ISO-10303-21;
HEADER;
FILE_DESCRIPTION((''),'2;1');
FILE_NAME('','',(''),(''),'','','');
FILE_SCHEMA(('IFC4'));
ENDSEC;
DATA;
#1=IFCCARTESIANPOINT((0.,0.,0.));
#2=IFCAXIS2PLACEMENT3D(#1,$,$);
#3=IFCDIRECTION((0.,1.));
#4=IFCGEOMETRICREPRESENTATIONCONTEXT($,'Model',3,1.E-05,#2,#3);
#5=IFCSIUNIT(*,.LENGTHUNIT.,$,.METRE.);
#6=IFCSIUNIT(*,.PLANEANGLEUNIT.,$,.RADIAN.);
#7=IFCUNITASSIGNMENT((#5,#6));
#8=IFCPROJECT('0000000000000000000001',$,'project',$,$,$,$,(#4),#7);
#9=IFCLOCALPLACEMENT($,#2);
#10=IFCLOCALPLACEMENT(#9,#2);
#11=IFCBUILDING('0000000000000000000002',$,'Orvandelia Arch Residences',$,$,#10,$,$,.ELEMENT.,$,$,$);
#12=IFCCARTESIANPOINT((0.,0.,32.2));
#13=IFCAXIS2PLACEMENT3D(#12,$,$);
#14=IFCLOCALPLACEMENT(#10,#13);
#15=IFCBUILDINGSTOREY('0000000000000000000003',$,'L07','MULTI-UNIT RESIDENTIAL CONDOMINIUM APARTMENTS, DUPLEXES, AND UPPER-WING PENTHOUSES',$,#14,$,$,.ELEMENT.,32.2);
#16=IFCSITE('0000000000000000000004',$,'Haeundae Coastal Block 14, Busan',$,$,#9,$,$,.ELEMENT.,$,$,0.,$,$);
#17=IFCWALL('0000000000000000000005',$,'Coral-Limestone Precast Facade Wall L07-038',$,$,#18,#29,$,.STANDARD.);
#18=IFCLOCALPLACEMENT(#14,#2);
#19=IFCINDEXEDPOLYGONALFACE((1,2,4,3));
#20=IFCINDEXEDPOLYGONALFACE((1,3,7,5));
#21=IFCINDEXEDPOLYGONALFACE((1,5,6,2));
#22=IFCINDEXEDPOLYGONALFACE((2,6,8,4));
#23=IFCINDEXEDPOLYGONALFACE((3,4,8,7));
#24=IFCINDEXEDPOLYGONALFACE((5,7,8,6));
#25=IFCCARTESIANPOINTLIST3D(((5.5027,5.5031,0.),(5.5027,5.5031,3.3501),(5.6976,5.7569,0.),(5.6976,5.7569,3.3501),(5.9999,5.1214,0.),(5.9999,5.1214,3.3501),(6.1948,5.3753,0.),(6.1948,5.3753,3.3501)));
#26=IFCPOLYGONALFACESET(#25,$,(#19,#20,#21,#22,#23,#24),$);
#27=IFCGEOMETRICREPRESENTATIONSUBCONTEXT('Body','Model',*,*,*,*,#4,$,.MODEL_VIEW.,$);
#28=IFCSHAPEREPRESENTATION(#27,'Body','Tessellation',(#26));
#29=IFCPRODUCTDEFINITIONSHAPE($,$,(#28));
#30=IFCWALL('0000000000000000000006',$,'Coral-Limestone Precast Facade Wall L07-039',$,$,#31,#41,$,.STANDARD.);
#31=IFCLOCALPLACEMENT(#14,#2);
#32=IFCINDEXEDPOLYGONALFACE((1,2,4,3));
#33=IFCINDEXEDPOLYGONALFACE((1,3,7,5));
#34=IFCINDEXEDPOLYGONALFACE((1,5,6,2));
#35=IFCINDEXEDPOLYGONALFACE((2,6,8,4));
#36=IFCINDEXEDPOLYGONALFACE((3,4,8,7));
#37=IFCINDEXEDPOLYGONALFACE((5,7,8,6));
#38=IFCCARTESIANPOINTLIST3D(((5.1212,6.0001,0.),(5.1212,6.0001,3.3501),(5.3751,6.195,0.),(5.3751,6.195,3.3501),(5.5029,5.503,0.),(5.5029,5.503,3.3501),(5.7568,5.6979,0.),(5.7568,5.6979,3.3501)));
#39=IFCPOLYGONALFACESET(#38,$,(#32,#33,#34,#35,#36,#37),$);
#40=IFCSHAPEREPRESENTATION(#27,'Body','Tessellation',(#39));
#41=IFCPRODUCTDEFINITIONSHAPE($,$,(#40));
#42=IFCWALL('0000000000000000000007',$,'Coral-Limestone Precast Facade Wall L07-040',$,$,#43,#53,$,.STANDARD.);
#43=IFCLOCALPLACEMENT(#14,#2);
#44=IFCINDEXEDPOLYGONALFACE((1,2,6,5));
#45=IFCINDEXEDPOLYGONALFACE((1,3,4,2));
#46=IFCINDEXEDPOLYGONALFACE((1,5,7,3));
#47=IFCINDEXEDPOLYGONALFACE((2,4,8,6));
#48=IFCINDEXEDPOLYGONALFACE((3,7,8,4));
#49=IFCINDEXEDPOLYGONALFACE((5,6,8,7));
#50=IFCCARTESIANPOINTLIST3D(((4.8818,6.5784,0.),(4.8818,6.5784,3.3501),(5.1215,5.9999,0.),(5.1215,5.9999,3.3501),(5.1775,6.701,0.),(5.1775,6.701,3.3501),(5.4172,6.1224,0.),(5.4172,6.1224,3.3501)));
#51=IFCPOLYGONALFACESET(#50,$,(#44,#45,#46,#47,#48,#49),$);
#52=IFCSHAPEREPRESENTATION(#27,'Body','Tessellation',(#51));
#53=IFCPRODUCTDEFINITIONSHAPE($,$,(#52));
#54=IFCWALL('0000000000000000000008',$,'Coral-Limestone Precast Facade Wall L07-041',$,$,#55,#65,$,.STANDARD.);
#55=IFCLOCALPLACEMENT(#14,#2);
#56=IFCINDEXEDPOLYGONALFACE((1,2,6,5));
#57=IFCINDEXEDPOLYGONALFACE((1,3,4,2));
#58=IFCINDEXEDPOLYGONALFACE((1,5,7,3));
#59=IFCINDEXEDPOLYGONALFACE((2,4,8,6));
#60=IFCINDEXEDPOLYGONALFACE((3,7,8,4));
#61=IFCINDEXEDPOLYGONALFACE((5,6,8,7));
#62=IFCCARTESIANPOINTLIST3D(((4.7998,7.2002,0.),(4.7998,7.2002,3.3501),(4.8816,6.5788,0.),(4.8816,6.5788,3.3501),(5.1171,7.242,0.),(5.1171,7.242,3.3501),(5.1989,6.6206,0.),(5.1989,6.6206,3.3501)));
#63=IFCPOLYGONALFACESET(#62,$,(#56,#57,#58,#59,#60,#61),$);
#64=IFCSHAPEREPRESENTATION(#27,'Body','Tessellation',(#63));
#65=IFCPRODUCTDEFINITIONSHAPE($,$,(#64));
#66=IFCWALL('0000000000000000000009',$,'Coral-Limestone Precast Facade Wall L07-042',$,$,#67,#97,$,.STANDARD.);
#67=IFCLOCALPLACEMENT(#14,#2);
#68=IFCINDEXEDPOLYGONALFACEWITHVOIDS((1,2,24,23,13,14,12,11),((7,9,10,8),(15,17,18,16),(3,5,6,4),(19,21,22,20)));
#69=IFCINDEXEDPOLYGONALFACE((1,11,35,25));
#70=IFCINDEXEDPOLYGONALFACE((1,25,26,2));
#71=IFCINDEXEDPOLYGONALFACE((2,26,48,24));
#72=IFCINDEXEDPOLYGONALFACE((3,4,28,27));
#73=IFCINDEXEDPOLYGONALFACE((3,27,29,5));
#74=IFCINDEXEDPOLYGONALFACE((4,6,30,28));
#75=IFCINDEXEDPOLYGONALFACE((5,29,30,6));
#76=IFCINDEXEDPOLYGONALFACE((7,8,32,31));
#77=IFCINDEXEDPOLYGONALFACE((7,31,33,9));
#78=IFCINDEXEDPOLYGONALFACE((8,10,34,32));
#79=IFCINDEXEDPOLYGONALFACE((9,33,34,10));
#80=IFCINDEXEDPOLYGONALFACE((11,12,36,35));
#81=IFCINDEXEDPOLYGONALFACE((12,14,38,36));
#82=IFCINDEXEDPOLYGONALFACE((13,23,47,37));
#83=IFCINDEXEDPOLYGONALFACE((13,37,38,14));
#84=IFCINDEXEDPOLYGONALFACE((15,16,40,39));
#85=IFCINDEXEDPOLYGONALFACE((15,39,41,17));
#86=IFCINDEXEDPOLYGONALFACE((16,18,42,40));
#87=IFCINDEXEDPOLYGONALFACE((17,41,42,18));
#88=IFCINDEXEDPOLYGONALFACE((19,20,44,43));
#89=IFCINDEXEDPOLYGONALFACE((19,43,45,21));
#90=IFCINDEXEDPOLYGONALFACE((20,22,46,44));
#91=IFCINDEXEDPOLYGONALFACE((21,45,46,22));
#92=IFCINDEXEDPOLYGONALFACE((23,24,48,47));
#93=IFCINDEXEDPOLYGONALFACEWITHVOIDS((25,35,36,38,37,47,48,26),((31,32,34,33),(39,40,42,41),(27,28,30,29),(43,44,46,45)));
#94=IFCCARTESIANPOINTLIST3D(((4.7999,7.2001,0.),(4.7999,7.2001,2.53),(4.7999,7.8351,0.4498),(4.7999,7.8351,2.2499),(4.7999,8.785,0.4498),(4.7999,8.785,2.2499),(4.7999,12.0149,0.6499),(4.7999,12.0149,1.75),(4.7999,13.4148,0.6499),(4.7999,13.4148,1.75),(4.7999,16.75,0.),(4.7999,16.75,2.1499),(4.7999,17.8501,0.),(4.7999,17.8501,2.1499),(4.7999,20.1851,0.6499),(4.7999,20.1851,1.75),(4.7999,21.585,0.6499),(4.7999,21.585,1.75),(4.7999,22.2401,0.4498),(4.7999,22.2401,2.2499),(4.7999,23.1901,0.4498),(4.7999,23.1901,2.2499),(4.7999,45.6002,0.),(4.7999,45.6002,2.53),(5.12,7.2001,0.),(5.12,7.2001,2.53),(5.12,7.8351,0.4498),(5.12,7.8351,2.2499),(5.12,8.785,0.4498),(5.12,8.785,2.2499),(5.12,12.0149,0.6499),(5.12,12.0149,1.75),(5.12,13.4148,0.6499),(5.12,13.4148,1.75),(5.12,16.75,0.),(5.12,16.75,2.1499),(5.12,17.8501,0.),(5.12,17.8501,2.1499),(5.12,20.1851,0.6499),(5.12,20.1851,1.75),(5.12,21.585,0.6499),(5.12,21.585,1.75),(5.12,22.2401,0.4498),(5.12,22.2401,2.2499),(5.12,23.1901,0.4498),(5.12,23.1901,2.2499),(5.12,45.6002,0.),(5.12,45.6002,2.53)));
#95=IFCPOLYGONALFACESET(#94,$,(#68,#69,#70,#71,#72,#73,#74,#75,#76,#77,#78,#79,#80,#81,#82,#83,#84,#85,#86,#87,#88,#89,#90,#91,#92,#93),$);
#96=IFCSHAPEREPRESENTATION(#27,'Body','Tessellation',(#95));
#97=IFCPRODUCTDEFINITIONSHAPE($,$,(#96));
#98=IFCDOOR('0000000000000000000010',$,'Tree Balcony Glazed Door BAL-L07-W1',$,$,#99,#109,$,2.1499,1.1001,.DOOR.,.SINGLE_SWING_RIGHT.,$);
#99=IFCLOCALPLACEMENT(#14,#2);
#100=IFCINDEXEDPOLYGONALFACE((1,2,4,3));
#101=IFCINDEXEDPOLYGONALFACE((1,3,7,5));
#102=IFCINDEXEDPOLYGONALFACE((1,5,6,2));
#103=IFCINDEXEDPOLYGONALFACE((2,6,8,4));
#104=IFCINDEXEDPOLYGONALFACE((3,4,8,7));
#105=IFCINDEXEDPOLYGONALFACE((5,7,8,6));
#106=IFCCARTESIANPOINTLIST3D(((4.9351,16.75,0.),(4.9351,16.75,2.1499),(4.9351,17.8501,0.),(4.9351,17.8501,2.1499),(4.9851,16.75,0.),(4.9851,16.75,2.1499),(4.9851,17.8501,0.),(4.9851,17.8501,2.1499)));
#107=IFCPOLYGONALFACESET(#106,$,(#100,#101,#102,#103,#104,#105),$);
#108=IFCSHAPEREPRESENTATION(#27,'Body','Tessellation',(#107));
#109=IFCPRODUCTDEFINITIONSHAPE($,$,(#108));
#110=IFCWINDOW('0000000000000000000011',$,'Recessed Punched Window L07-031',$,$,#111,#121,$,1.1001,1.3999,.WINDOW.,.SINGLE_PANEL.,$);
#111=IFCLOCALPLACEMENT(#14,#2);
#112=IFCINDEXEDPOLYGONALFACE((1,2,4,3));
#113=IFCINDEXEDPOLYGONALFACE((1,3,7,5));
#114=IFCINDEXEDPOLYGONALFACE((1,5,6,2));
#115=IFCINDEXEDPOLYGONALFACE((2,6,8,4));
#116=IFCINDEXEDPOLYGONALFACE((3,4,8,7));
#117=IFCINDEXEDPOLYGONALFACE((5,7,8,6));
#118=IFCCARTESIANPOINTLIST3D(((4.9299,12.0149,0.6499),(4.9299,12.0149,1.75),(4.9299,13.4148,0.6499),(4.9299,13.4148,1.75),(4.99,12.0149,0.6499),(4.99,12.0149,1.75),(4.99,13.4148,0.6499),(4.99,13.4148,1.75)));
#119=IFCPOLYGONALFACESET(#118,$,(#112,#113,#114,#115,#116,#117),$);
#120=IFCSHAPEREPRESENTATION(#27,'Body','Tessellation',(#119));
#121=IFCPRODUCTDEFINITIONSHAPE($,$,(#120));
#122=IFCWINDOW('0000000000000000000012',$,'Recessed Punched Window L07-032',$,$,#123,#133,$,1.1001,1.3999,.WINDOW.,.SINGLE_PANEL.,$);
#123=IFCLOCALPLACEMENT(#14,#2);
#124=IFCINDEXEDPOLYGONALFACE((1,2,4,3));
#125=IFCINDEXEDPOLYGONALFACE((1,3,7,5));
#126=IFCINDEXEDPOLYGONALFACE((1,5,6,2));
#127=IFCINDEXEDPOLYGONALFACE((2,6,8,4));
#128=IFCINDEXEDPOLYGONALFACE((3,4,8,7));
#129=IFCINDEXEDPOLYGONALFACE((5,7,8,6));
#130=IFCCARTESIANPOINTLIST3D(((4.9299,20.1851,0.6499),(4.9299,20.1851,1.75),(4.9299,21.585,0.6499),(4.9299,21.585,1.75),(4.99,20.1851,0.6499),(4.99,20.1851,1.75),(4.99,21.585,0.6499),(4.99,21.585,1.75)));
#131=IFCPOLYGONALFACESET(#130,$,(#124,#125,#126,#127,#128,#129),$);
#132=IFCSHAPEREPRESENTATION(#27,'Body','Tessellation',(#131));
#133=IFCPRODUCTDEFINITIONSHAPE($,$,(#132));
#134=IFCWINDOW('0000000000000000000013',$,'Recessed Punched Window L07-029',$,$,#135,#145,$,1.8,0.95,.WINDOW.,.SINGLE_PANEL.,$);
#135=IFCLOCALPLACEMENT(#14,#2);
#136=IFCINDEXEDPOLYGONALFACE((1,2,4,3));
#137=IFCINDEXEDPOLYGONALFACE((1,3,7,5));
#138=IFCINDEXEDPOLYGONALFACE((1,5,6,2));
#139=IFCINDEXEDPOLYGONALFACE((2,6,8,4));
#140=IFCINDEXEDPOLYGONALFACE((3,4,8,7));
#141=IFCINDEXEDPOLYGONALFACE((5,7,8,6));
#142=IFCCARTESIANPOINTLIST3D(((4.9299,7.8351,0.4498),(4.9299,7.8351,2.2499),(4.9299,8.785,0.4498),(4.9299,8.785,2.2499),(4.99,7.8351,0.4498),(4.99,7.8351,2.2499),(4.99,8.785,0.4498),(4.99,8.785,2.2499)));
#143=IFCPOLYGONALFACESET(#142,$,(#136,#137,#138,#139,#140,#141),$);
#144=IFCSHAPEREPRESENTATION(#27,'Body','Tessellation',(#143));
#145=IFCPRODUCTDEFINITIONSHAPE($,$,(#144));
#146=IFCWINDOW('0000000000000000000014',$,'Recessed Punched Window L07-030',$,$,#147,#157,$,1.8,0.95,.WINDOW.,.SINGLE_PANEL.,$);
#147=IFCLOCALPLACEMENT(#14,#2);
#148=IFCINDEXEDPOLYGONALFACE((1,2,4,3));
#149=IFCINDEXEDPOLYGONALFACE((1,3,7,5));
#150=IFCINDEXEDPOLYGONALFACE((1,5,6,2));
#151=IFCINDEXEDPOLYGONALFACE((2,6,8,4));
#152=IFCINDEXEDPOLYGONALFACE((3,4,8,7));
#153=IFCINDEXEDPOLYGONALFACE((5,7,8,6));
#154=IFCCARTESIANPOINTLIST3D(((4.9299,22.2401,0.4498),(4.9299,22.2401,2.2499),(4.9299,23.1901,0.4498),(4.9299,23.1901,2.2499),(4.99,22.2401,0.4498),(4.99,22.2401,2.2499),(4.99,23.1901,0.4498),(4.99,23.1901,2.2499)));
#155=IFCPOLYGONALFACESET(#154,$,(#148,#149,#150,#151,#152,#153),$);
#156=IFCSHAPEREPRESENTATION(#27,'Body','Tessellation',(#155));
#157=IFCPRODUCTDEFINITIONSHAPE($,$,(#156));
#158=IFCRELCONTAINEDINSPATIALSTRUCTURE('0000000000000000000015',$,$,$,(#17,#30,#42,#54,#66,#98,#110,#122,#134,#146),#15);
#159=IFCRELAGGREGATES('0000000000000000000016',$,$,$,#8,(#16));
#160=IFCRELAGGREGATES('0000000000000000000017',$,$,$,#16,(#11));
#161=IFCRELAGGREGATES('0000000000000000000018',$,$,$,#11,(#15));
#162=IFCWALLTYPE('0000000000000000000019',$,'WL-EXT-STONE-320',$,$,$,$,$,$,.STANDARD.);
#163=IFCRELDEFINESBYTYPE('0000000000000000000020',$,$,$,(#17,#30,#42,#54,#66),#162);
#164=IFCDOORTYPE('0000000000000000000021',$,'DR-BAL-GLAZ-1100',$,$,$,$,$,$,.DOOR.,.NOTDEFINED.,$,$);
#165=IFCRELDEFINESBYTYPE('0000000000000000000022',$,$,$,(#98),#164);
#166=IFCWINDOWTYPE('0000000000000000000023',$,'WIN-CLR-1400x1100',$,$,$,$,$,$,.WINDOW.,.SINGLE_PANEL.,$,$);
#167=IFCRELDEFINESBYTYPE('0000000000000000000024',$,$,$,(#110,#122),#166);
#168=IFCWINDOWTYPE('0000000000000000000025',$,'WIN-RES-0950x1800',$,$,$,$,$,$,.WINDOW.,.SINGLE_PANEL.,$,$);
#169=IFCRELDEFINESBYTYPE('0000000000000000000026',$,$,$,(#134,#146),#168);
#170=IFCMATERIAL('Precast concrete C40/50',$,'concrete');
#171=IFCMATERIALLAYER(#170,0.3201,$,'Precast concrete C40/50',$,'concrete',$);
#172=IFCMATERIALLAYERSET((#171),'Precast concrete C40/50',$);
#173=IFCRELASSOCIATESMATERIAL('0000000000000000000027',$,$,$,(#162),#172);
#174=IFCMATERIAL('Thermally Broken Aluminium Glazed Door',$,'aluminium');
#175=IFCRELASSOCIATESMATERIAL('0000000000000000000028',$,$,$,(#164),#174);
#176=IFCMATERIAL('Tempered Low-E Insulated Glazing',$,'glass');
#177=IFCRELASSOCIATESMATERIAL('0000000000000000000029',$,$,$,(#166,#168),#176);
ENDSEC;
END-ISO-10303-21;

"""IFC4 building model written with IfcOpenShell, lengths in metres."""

from ifc_helpers import new_model, si_unit, direction, frame, frame_2d, origin, place, context, subcontext, project, spatial, rectangle, extrude, material, layer, layer_set, type_object, element, fill, save


model = new_model("IFC4")

# Units and contexts
model_context = context("Model", 3, precision=1e-05, world=origin(), true_north=direction((0.0, 1.0)))
body_context = subcontext(model_context, "Body", "Model", "MODEL_VIEW")
ifc_project = project(units=[si_unit("LENGTHUNIT", "METRE"), si_unit("PLANEANGLEUNIT", "RADIAN")], contexts=[model_context])

# Site, building, storey
site_placement = place(None, origin())
site = spatial("IfcSite", under=ifc_project, at=site_placement, Name="Haeundae Coastal Block 14, Busan", CompositionType="ELEMENT", RefElevation=0.0)
building_placement = place(site_placement, origin())
building = spatial("IfcBuilding", under=site, at=building_placement, Name="Orvandelia Arch Residences", CompositionType="ELEMENT")
storey_placement = place(building_placement, frame((0.0, 0.0, 32.2)))
storey = spatial("IfcBuildingStorey", under=building, at=storey_placement, Name="L07", Description="MULTI-UNIT RESIDENTIAL CONDOMINIUM APARTMENTS, DUPLEXES, AND UPPER-WING PENTHOUSES", CompositionType="ELEMENT", Elevation=32.2)

# Shared definitions
ifc_material_1 = material(Name="Precast concrete C40/50", Category="concrete")

# Walls
ifc_layer_1 = layer(ifc_material_1, 0.3201, Name="Precast concrete C40/50", Category="concrete")
ifc_layer_set_1 = layer_set([ifc_layer_1], Name="Precast concrete C40/50")
wall_type_1 = type_object("IfcWallType", Name="WL-EXT-STONE-320", PredefinedType="STANDARD", material=ifc_layer_set_1)
for number, where, z_axis, x_axis, name in (
    (1, (6.0974, 5.2483, 0.0), (0.0, 0.0, 1.0), (-0.793217, 0.608939, 0.0), "Coral-Limestone Precast Facade Wall L07-038"),
    (2, (5.6299, 5.6003, 0.0), (0.0, 0.0, 1.0), (-0.608939, 0.793217, 0.0), "Coral-Limestone Precast Facade Wall L07-039"),
):
    element("IfcWall", number, at=place(storey_placement, frame(where, z_axis=z_axis, x_axis=x_axis)), inside=storey, type_object=wall_type_1, Name=name, PredefinedType="STANDARD", context=body_context, shape_type="SweptSolid", body=[
        extrude(rectangle(XDim=0.6267, YDim=0.3201, at=frame_2d((0.3135, 0.0))), origin(), (0.0, 0.0, 1.0), 3.3501),
    ])
wall_1_placement = place(storey_placement, frame((5.2693, 6.0613, 0.0), z_axis=(0.0, 0.0, 1.0), x_axis=(-0.382788, 0.923836, 0.0)))
element("IfcWall", 3, at=wall_1_placement, inside=storey, type_object=wall_type_1, Name="Coral-Limestone Precast Facade Wall L07-040", PredefinedType="STANDARD", context=body_context, shape_type="SweptSolid", body=[
    extrude(rectangle(XDim=0.6262, YDim=0.3201, at=frame_2d((0.313, 0.0))), origin(), (0.0, 0.0, 1.0), 3.3501),
])
wall_2_placement = place(storey_placement, frame((5.0403, 6.5996, 0.0), z_axis=(0.0, 0.0, 1.0), x_axis=(-0.130505, 0.991448, 0.0)))
element("IfcWall", 4, at=wall_2_placement, inside=storey, type_object=wall_type_1, Name="Coral-Limestone Precast Facade Wall L07-041", PredefinedType="STANDARD", context=body_context, shape_type="SweptSolid", body=[
    extrude(rectangle(XDim=0.6267, YDim=0.3201, at=frame_2d((0.3135, 0.0))), origin(), (0.0, 0.0, 1.0), 3.3501),
])

# Wall, openings, door, windows
wall_3_placement = place(storey_placement, frame((4.96, 7.2, 0.0), z_axis=(0.0, 0.0, 1.0), x_axis=(0.0, 1.0, 0.0)))
wall_3 = element("IfcWall", 5, at=wall_3_placement, inside=storey, type_object=wall_type_1, Name="Coral-Limestone Precast Facade Wall L07-042", PredefinedType="STANDARD", context=body_context, shape_type="SweptSolid", body=[
    extrude(rectangle(XDim=38.4001, YDim=0.3201, at=frame_2d((19.2002, 0.0))), origin(), (0.0, 0.0, 1.0), 2.53),
])
opening_1_placement = place(wall_3_placement, frame((9.55, 0.0, 0.0)))
opening_1 = element("IfcOpeningElement", 6, at=opening_1_placement, cuts=wall_3, PredefinedType="OPENING", context=body_context, shape_type="SweptSolid", body=[
    extrude(rectangle(XDim=1.1001, YDim=2.1499, at=frame_2d((0.55, 1.075))), frame((0.0, 0.1699, 0.0), z_axis=(0.0, -1.0, 0.0), x_axis=(1.0, 0.0, 0.0)), (0.0, 0.0, 1.0), 0.3401),
])
opening_2_placement = place(wall_3_placement, frame((0.635, 0.0, 0.45)))
opening_2 = element("IfcOpeningElement", 7, at=opening_2_placement, cuts=wall_3, PredefinedType="OPENING", context=body_context, shape_type="SweptSolid", body=[
    extrude(rectangle(XDim=0.95, YDim=1.8, at=frame_2d((0.4751, 0.8999))), frame((0.0, 0.1699, 0.0), z_axis=(0.0, -1.0, 0.0), x_axis=(1.0, 0.0, 0.0)), (0.0, 0.0, 1.0), 0.3401),
])
opening_3_placement = place(wall_3_placement, frame((15.04, 0.0, 0.45)))
opening_3 = element("IfcOpeningElement", 8, at=opening_3_placement, cuts=wall_3, PredefinedType="OPENING", context=body_context, shape_type="SweptSolid", body=[
    extrude(rectangle(XDim=0.95, YDim=1.8, at=frame_2d((0.4751, 0.8999))), frame((0.0, 0.1699, 0.0), z_axis=(0.0, -1.0, 0.0), x_axis=(1.0, 0.0, 0.0)), (0.0, 0.0, 1.0), 0.3401),
])
opening_4_placement = place(wall_3_placement, frame((4.8149, 0.0, 0.6499)))
opening_4 = element("IfcOpeningElement", 9, at=opening_4_placement, cuts=wall_3, PredefinedType="OPENING", context=body_context, shape_type="SweptSolid", body=[
    extrude(rectangle(XDim=1.3999, YDim=1.1001, at=frame_2d((0.7, 0.55))), frame((0.0, 0.1699, 0.0), z_axis=(0.0, -1.0, 0.0), x_axis=(1.0, 0.0, 0.0)), (0.0, 0.0, 1.0), 0.3401),
])
opening_5_placement = place(wall_3_placement, frame((12.9851, 0.0, 0.6499)))
opening_5 = element("IfcOpeningElement", 10, at=opening_5_placement, cuts=wall_3, PredefinedType="OPENING", context=body_context, shape_type="SweptSolid", body=[
    extrude(rectangle(XDim=1.3999, YDim=1.1001, at=frame_2d((0.7, 0.55))), frame((0.0, 0.1699, 0.0), z_axis=(0.0, -1.0, 0.0), x_axis=(1.0, 0.0, 0.0)), (0.0, 0.0, 1.0), 0.3401),
])
ifc_material_2 = material(Name="Thermally Broken Aluminium Glazed Door", Category="aluminium")
door_type_1 = type_object("IfcDoorType", Name="DR-BAL-GLAZ-1100", OperationType="NOTDEFINED", PredefinedType="DOOR", material=ifc_material_2)
door_1_placement = place(opening_1_placement, origin())
door_1 = element("IfcDoor", 11, at=door_1_placement, inside=storey, type_object=door_type_1, Name="Tree Balcony Glazed Door BAL-L07-W1", OperationType="SINGLE_SWING_RIGHT", OverallHeight=2.1499, OverallWidth=1.1001, PredefinedType="DOOR", context=body_context, shape_type="SweptSolid", body=[
    extrude(rectangle(XDim=1.1001, YDim=2.1499, at=frame_2d((0.55, 1.075))), frame((0.0, 0.0249, 0.0), z_axis=(0.0, -1.0, 0.0), x_axis=(1.0, 0.0, 0.0)), (0.0, 0.0, 1.0), 0.05),
])
fill(opening_1, door_1)
ifc_material_3 = material(Name="Tempered Low-E Insulated Glazing", Category="glass")
window_type_1 = type_object("IfcWindowType", Name="WIN-CLR-1400x1100", PartitioningType="SINGLE_PANEL", PredefinedType="WINDOW", material=ifc_material_3)
window_1_placement = place(opening_4_placement, origin())
window_1 = element("IfcWindow", 12, at=window_1_placement, inside=storey, type_object=window_type_1, Name="Recessed Punched Window L07-031", OverallHeight=1.1001, OverallWidth=1.3999, PartitioningType="SINGLE_PANEL", PredefinedType="WINDOW", context=body_context, shape_type="SweptSolid", body=[
    extrude(rectangle(XDim=1.3999, YDim=1.1001, at=frame_2d((0.7, 0.55))), frame((0.0, 0.03, 0.0), z_axis=(0.0, -1.0, 0.0), x_axis=(1.0, 0.0, 0.0)), (0.0, 0.0, 1.0), 0.0601),
])
fill(opening_4, window_1)
window_2_placement = place(opening_5_placement, origin())
window_2 = element("IfcWindow", 13, at=window_2_placement, inside=storey, type_object=window_type_1, Name="Recessed Punched Window L07-032", OverallHeight=1.1001, OverallWidth=1.3999, PartitioningType="SINGLE_PANEL", PredefinedType="WINDOW", context=body_context, shape_type="SweptSolid", body=[
    extrude(rectangle(XDim=1.3999, YDim=1.1001, at=frame_2d((0.7, 0.55))), frame((0.0, 0.03, 0.0), z_axis=(0.0, -1.0, 0.0), x_axis=(1.0, 0.0, 0.0)), (0.0, 0.0, 1.0), 0.0601),
])
fill(opening_5, window_2)
window_type_2 = type_object("IfcWindowType", Name="WIN-RES-0950x1800", PartitioningType="SINGLE_PANEL", PredefinedType="WINDOW", material=ifc_material_3)
window_3_placement = place(opening_2_placement, origin())
window_3 = element("IfcWindow", 14, at=window_3_placement, inside=storey, type_object=window_type_2, Name="Recessed Punched Window L07-029", OverallHeight=1.8, OverallWidth=0.95, PartitioningType="SINGLE_PANEL", PredefinedType="WINDOW", context=body_context, shape_type="SweptSolid", body=[
    extrude(rectangle(XDim=0.95, YDim=1.8, at=frame_2d((0.4751, 0.8999))), frame((0.0, 0.03, 0.0), z_axis=(0.0, -1.0, 0.0), x_axis=(1.0, 0.0, 0.0)), (0.0, 0.0, 1.0), 0.0601),
])
fill(opening_2, window_3)
window_4_placement = place(opening_3_placement, origin())
window_4 = element("IfcWindow", 15, at=window_4_placement, inside=storey, type_object=window_type_2, Name="Recessed Punched Window L07-030", OverallHeight=1.8, OverallWidth=0.95, PartitioningType="SINGLE_PANEL", PredefinedType="WINDOW", context=body_context, shape_type="SweptSolid", body=[
    extrude(rectangle(XDim=0.95, YDim=1.8, at=frame_2d((0.4751, 0.8999))), frame((0.0, 0.03, 0.0), z_axis=(0.0, -1.0, 0.0), x_axis=(1.0, 0.0, 0.0)), (0.0, 0.0, 1.0), 0.0601),
])
fill(opening_3, window_4)

save(model, "model.ifc")
